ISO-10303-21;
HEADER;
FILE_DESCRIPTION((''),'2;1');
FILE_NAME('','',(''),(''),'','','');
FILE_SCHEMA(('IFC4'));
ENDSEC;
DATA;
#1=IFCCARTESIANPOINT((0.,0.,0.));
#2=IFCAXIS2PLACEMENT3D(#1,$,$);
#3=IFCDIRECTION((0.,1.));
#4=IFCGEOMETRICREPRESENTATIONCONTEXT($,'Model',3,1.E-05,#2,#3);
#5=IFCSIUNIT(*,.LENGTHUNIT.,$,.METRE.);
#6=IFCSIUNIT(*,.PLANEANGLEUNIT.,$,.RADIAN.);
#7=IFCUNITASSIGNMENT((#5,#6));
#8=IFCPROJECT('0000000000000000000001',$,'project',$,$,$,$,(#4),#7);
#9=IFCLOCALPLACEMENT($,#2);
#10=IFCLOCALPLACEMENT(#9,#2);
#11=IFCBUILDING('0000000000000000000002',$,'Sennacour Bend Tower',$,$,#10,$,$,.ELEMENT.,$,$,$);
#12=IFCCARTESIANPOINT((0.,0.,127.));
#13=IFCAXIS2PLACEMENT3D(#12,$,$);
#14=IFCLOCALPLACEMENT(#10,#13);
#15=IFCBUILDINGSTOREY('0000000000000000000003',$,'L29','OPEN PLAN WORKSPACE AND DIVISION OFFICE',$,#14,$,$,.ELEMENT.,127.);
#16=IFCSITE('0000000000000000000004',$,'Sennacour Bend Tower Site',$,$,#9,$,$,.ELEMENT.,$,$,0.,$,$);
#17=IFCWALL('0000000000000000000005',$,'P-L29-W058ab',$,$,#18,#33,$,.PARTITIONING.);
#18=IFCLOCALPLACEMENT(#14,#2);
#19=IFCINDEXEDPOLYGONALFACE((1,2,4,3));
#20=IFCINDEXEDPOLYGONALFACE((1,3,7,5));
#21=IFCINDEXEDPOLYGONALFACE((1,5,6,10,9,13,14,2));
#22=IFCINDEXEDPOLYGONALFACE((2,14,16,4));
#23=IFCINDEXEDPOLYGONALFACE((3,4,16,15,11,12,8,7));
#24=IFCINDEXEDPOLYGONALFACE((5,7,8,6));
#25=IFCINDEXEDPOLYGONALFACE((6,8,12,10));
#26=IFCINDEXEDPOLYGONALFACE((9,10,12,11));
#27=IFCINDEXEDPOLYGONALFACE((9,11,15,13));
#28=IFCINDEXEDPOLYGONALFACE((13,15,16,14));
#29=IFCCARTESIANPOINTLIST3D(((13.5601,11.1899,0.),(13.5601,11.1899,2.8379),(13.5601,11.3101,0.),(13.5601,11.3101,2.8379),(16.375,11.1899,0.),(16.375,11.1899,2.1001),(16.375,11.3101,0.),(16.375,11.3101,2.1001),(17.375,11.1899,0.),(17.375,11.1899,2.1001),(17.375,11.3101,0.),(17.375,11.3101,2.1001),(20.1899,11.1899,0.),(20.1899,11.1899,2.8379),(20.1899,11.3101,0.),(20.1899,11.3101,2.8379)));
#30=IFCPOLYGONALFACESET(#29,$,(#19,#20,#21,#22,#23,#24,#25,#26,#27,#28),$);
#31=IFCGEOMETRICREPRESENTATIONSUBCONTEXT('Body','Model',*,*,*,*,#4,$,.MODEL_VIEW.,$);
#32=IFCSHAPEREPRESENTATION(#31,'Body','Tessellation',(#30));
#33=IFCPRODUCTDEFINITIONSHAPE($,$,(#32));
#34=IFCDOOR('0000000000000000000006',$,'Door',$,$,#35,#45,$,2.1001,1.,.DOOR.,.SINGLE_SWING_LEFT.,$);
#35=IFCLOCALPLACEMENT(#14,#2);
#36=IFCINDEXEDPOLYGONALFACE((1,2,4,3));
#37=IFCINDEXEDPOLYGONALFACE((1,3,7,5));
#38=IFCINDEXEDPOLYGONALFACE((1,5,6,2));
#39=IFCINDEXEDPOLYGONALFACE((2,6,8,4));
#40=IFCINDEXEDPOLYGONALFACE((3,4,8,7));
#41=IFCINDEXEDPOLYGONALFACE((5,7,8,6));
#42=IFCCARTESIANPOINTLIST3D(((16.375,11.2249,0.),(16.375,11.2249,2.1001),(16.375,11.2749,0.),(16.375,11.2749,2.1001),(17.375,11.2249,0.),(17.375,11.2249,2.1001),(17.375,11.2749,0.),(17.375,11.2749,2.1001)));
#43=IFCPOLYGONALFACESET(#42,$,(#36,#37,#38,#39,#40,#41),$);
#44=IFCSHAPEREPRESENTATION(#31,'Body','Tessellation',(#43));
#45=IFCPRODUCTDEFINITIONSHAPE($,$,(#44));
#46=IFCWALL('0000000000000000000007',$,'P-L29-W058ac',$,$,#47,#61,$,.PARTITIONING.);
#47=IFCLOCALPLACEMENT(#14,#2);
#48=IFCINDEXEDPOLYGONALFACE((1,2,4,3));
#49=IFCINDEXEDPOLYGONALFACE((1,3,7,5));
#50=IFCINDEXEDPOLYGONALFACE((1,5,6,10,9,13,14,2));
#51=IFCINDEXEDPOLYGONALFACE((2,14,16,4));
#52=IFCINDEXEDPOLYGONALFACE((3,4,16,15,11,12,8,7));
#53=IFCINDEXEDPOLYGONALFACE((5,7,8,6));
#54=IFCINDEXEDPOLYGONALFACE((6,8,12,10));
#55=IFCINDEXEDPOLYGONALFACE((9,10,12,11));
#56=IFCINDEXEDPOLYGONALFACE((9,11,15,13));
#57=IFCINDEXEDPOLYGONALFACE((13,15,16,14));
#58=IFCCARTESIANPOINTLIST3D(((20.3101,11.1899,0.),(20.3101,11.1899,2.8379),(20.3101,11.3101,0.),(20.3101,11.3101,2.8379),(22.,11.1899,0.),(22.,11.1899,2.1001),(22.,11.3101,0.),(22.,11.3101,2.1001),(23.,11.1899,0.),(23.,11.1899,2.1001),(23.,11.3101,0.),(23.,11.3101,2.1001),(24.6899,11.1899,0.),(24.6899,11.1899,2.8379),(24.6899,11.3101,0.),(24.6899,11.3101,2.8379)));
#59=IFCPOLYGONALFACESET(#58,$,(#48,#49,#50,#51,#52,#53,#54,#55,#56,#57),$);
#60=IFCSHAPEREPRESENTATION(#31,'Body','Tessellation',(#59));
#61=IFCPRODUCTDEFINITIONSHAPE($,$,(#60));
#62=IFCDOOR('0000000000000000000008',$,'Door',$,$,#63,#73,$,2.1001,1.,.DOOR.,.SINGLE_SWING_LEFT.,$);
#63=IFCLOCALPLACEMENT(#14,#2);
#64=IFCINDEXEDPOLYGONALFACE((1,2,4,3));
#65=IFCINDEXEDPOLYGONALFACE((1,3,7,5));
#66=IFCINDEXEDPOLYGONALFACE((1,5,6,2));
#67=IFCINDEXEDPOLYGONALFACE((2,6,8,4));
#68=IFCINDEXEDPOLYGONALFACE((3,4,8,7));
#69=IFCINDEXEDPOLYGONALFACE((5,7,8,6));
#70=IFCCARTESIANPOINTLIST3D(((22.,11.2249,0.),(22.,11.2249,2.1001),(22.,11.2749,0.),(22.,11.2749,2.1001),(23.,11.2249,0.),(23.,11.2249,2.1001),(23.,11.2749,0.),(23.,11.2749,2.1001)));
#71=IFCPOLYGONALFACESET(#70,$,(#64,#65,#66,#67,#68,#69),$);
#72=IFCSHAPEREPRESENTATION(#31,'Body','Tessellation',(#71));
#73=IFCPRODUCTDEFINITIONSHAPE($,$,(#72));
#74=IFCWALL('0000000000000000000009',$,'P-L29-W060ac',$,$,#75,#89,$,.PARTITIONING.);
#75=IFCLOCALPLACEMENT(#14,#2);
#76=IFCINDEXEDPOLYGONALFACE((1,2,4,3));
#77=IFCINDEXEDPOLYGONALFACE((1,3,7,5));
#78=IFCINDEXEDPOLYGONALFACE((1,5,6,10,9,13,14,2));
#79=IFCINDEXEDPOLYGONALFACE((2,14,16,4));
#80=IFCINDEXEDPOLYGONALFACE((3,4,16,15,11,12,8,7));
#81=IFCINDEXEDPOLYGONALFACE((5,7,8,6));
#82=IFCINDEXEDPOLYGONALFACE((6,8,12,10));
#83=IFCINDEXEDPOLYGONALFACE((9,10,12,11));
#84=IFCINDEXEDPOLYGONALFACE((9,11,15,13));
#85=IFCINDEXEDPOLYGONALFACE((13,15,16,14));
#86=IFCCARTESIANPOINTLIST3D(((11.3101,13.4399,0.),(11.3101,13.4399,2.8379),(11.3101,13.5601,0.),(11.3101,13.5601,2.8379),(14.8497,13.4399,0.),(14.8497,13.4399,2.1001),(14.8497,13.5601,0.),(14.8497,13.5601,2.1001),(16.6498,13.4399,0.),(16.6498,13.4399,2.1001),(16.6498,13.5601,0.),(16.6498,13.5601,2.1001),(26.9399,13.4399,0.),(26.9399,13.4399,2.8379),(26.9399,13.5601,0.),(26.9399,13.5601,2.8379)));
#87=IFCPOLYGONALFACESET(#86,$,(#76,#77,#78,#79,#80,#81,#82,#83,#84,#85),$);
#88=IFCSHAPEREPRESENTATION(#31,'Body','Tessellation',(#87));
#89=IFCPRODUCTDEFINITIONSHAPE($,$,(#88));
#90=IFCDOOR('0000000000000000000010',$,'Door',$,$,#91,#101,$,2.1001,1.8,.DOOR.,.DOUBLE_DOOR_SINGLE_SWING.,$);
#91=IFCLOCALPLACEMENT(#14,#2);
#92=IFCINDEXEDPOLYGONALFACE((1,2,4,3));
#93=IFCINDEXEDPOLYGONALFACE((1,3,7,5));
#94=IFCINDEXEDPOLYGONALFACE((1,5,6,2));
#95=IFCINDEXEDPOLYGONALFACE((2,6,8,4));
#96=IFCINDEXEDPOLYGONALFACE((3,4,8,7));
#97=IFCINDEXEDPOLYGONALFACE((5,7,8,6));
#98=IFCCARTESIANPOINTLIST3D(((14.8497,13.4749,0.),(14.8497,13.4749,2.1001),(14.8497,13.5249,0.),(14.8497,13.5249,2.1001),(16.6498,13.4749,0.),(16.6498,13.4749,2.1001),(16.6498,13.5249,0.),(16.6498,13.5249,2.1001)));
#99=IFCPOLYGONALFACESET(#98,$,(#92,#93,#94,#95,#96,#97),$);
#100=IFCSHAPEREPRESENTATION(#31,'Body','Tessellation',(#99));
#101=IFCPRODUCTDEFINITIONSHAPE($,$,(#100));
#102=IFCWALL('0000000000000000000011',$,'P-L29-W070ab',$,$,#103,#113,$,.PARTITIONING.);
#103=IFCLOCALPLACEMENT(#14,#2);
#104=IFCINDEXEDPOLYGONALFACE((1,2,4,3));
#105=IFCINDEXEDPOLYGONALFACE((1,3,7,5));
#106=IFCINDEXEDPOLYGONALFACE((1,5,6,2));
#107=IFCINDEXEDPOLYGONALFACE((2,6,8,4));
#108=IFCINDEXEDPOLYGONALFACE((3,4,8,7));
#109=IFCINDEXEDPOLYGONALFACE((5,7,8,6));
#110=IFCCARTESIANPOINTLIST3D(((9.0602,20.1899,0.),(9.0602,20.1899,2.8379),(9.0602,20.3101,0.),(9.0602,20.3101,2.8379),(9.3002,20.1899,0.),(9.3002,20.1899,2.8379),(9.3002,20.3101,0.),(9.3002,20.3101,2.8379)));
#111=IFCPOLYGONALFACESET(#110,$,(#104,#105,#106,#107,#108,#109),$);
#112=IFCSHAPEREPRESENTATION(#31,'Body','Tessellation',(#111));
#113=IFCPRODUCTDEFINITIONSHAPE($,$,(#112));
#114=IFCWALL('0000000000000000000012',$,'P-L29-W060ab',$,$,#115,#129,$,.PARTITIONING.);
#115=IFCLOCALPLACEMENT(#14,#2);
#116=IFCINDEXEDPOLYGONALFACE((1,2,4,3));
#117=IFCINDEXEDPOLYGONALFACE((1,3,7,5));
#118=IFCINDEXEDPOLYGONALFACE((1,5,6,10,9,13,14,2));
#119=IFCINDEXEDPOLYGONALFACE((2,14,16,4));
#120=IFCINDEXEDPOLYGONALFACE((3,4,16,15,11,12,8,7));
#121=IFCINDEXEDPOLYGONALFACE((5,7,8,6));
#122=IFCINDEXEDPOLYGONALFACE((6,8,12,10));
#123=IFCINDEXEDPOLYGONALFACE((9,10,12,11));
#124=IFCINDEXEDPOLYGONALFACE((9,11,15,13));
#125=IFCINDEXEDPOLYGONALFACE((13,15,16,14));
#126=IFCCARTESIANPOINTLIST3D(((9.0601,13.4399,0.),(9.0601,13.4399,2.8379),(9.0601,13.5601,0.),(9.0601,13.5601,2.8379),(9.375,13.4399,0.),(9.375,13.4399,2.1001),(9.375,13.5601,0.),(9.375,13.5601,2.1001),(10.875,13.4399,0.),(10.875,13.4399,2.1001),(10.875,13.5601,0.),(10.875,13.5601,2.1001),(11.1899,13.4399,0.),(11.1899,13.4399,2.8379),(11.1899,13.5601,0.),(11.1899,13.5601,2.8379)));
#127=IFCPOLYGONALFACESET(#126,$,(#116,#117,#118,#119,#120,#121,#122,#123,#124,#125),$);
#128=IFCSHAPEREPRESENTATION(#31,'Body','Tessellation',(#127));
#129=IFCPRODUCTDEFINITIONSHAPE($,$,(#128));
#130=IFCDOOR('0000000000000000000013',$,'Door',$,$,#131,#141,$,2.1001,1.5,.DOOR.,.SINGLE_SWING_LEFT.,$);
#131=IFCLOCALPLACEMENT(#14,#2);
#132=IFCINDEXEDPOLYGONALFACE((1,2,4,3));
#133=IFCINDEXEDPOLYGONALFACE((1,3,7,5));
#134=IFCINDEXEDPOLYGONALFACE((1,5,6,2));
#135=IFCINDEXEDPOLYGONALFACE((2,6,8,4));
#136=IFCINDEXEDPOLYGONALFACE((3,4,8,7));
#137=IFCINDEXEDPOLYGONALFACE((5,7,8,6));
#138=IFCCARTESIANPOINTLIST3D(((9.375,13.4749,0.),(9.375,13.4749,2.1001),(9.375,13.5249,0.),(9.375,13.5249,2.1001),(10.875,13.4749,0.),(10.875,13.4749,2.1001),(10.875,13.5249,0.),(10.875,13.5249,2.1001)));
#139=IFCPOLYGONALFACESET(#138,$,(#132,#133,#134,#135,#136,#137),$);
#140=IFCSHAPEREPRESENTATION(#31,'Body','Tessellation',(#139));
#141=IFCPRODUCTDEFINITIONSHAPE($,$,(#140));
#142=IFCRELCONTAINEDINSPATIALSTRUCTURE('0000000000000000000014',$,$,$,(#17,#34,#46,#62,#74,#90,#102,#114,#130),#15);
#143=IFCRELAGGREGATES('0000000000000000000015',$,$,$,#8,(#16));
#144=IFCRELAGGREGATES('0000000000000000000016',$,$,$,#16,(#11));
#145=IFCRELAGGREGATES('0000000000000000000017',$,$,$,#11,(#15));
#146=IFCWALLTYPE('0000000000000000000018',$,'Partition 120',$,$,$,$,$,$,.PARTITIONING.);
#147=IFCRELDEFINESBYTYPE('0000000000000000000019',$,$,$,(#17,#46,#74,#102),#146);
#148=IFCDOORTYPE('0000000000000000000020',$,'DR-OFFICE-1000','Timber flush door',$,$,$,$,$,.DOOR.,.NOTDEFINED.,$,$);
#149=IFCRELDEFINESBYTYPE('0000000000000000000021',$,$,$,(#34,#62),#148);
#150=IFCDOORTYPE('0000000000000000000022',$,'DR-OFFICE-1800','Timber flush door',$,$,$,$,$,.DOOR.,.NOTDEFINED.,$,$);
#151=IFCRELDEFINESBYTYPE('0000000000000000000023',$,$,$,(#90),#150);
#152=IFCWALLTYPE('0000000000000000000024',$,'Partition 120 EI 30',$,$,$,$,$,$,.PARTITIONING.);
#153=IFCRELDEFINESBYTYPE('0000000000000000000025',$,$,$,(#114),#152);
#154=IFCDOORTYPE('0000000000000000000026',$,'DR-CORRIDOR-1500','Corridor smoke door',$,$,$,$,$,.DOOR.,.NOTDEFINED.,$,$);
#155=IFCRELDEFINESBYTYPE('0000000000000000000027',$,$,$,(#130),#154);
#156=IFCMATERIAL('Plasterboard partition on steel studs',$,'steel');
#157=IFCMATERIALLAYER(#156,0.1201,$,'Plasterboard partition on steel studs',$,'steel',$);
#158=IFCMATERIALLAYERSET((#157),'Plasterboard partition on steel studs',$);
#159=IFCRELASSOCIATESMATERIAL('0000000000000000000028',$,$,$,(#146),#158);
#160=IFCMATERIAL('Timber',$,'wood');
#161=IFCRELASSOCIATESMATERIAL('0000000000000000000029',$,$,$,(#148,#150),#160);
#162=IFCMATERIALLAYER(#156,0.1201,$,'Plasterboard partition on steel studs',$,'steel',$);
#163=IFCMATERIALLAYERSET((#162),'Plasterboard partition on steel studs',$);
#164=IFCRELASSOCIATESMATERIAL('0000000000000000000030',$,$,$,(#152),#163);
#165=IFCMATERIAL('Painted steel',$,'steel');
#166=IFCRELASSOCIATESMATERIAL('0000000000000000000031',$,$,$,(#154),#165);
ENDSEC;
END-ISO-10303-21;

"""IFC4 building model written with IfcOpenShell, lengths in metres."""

from ifc_helpers import new_model, si_unit, direction, frame, frame_2d, origin, place, context, subcontext, project, spatial, rectangle, extrude, material, layer, layer_set, type_object, element, fill, save


model = new_model("IFC4")

# Units and contexts
model_context = context("Model", 3, precision=1e-05, world=origin(), true_north=direction((0.0, 1.0)))
body_context = subcontext(model_context, "Body", "Model", "MODEL_VIEW")
ifc_project = project(units=[si_unit("LENGTHUNIT", "METRE"), si_unit("PLANEANGLEUNIT", "RADIAN")], contexts=[model_context])

# Site, building, storey
site_placement = place(None, origin())
site = spatial("IfcSite", under=ifc_project, at=site_placement, Name="Sennacour Bend Tower Site", CompositionType="ELEMENT", RefElevation=0.0)
building_placement = place(site_placement, origin())
building = spatial("IfcBuilding", under=site, at=building_placement, Name="Sennacour Bend Tower", CompositionType="ELEMENT")
storey_placement = place(building_placement, frame((0.0, 0.0, 127.0)))
storey = spatial("IfcBuildingStorey", under=building, at=storey_placement, Name="L29", Description="OPEN PLAN WORKSPACE AND DIVISION OFFICE", CompositionType="ELEMENT", Elevation=127.0)

# Shared definitions
ifc_material_1 = material(Name="Plasterboard partition on steel studs", Category="steel")
ifc_layer_1 = layer(ifc_material_1, 0.1201, Name="Plasterboard partition on steel studs", Category="steel")
ifc_layer_set_1 = layer_set([ifc_layer_1], Name="Plasterboard partition on steel studs")
wall_type_1 = type_object("IfcWallType", Name="Partition 120", PredefinedType="PARTITIONING", material=ifc_layer_set_1)
ifc_material_2 = material(Name="Timber", Category="wood")
door_type_1 = type_object("IfcDoorType", Name="DR-OFFICE-1000", Description="Timber flush door", OperationType="NOTDEFINED", PredefinedType="DOOR", material=ifc_material_2)

# Walls, openings, doors
wall_1_placement = place(storey_placement, frame((13.5601, 11.25, 0.0), z_axis=(0.0, 0.0, 1.0), x_axis=(1.0, 0.0, 0.0)))
wall_1 = element("IfcWall", 1, at=wall_1_placement, inside=storey, type_object=wall_type_1, Name="P-L29-W058ab", PredefinedType="PARTITIONING", context=body_context, shape_type="SweptSolid", body=[
    extrude(rectangle(XDim=6.6299, YDim=0.1201, at=frame_2d((3.3149, 0.0))), origin(), (0.0, 0.0, 1.0), 2.8379),
])
opening_1_placement = place(wall_1_placement, frame((2.8149, 0.0, 0.0)))
opening_1 = element("IfcOpeningElement", 2, at=opening_1_placement, cuts=wall_1, PredefinedType="OPENING", context=body_context, shape_type="SweptSolid", body=[
    extrude(rectangle(XDim=1.0, YDim=2.1001, at=frame_2d((0.5, 1.05))), frame((0.0, 0.0701, 0.0), z_axis=(0.0, -1.0, 0.0), x_axis=(1.0, 0.0, 0.0)), (0.0, 0.0, 1.0), 0.1401),
])
door_1_placement = place(opening_1_placement, origin())
door_1 = element("IfcDoor", 3, at=door_1_placement, inside=storey, type_object=door_type_1, Name="Door", OperationType="SINGLE_SWING_LEFT", OverallHeight=2.1001, OverallWidth=1.0, PredefinedType="DOOR", context=body_context, shape_type="SweptSolid", body=[
    extrude(rectangle(XDim=1.0, YDim=2.1001, at=frame_2d((0.5, 1.05))), frame((0.0, 0.0249, 0.0), z_axis=(0.0, -1.0, 0.0), x_axis=(1.0, 0.0, 0.0)), (0.0, 0.0, 1.0), 0.05),
])
fill(opening_1, door_1)
wall_2_placement = place(storey_placement, frame((20.3101, 11.25, 0.0), z_axis=(0.0, 0.0, 1.0), x_axis=(1.0, 0.0, 0.0)))
wall_2 = element("IfcWall", 4, at=wall_2_placement, inside=storey, type_object=wall_type_1, Name="P-L29-W058ac", PredefinedType="PARTITIONING", context=body_context, shape_type="SweptSolid", body=[
    extrude(rectangle(XDim=4.3799, YDim=0.1201, at=frame_2d((2.1899, 0.0))), origin(), (0.0, 0.0, 1.0), 2.8379),
])
opening_2_placement = place(wall_2_placement, frame((1.6899, 0.0, 0.0)))
opening_2 = element("IfcOpeningElement", 5, at=opening_2_placement, cuts=wall_2, PredefinedType="OPENING", context=body_context, shape_type="SweptSolid", body=[
    extrude(rectangle(XDim=1.0, YDim=2.1001, at=frame_2d((0.5, 1.05))), frame((0.0, 0.0701, 0.0), z_axis=(0.0, -1.0, 0.0), x_axis=(1.0, 0.0, 0.0)), (0.0, 0.0, 1.0), 0.1401),
])
door_2_placement = place(opening_2_placement, origin())
door_2 = element("IfcDoor", 6, at=door_2_placement, inside=storey, type_object=door_type_1, Name="Door", OperationType="SINGLE_SWING_LEFT", OverallHeight=2.1001, OverallWidth=1.0, PredefinedType="DOOR", context=body_context, shape_type="SweptSolid", body=[
    extrude(rectangle(XDim=1.0, YDim=2.1001, at=frame_2d((0.5, 1.05))), frame((0.0, 0.0249, 0.0), z_axis=(0.0, -1.0, 0.0), x_axis=(1.0, 0.0, 0.0)), (0.0, 0.0, 1.0), 0.05),
])
fill(opening_2, door_2)
wall_3_placement = place(storey_placement, frame((11.3101, 13.5, 0.0), z_axis=(0.0, 0.0, 1.0), x_axis=(1.0, 0.0, 0.0)))
wall_3 = element("IfcWall", 7, at=wall_3_placement, inside=storey, type_object=wall_type_1, Name="P-L29-W060ac", PredefinedType="PARTITIONING", context=body_context, shape_type="SweptSolid", body=[
    extrude(rectangle(XDim=15.6299, YDim=0.1201, at=frame_2d((7.8149, 0.0))), origin(), (0.0, 0.0, 1.0), 2.8379),
])
opening_3_placement = place(wall_3_placement, frame((3.5398, 0.0, 0.0)))
opening_3 = element("IfcOpeningElement", 8, at=opening_3_placement, cuts=wall_3, PredefinedType="OPENING", context=body_context, shape_type="SweptSolid", body=[
    extrude(rectangle(XDim=1.8, YDim=2.1001, at=frame_2d((0.8999, 1.05))), frame((0.0, 0.0701, 0.0), z_axis=(0.0, -1.0, 0.0), x_axis=(1.0, 0.0, 0.0)), (0.0, 0.0, 1.0), 0.1401),
])
door_type_2 = type_object("IfcDoorType", Name="DR-OFFICE-1800", Description="Timber flush door", OperationType="NOTDEFINED", PredefinedType="DOOR", material=ifc_material_2)
door_3_placement = place(opening_3_placement, origin())
door_3 = element("IfcDoor", 9, at=door_3_placement, inside=storey, type_object=door_type_2, Name="Door", OperationType="DOUBLE_DOOR_SINGLE_SWING", OverallHeight=2.1001, OverallWidth=1.8, PredefinedType="DOOR", context=body_context, shape_type="SweptSolid", body=[
    extrude(rectangle(XDim=1.8, YDim=2.1001, at=frame_2d((0.8999, 1.05))), frame((0.0, 0.0249, 0.0), z_axis=(0.0, -1.0, 0.0), x_axis=(1.0, 0.0, 0.0)), (0.0, 0.0, 1.0), 0.05),
])
fill(opening_3, door_3)

# Wall
wall_4_placement = place(storey_placement, frame((9.0601, 20.25, 0.0), z_axis=(0.0, 0.0, 1.0), x_axis=(1.0, 0.0, 0.0)))
element("IfcWall", 10, at=wall_4_placement, inside=storey, type_object=wall_type_1, Name="P-L29-W070ab", PredefinedType="PARTITIONING", context=body_context, shape_type="SweptSolid", body=[
    extrude(rectangle(XDim=0.24, YDim=0.1201, at=frame_2d((0.1201, 0.0))), origin(), (0.0, 0.0, 1.0), 2.8379),
])

# Wall, opening, door
ifc_layer_2 = layer(ifc_material_1, 0.1201, Name="Plasterboard partition on steel studs", Category="steel")
ifc_layer_set_2 = layer_set([ifc_layer_2], Name="Plasterboard partition on steel studs")
wall_type_2 = type_object("IfcWallType", Name="Partition 120 EI 30", PredefinedType="PARTITIONING", material=ifc_layer_set_2)
wall_5_placement = place(storey_placement, frame((9.0601, 13.5, 0.0), z_axis=(0.0, 0.0, 1.0), x_axis=(1.0, 0.0, 0.0)))
wall_5 = element("IfcWall", 11, at=wall_5_placement, inside=storey, type_object=wall_type_2, Name="P-L29-W060ab", PredefinedType="PARTITIONING", context=body_context, shape_type="SweptSolid", body=[
    extrude(rectangle(XDim=2.1299, YDim=0.1201, at=frame_2d((1.0649, 0.0))), origin(), (0.0, 0.0, 1.0), 2.8379),
])
opening_4_placement = place(wall_5_placement, frame((0.3149, 0.0, 0.0)))
opening_4 = element("IfcOpeningElement", 12, at=opening_4_placement, cuts=wall_5, PredefinedType="OPENING", context=body_context, shape_type="SweptSolid", body=[
    extrude(rectangle(XDim=1.5, YDim=2.1001, at=frame_2d((0.75, 1.05))), frame((0.0, 0.0701, 0.0), z_axis=(0.0, -1.0, 0.0), x_axis=(1.0, 0.0, 0.0)), (0.0, 0.0, 1.0), 0.1401),
])
ifc_material_3 = material(Name="Painted steel", Category="steel")
door_type_3 = type_object("IfcDoorType", Name="DR-CORRIDOR-1500", Description="Corridor smoke door", OperationType="NOTDEFINED", PredefinedType="DOOR", material=ifc_material_3)
door_4_placement = place(opening_4_placement, origin())
door_4 = element("IfcDoor", 13, at=door_4_placement, inside=storey, type_object=door_type_3, Name="Door", OperationType="SINGLE_SWING_LEFT", OverallHeight=2.1001, OverallWidth=1.5, PredefinedType="DOOR", context=body_context, shape_type="SweptSolid", body=[
    extrude(rectangle(XDim=1.5, YDim=2.1001, at=frame_2d((0.75, 1.05))), frame((0.0, 0.0249, 0.0), z_axis=(0.0, -1.0, 0.0), x_axis=(1.0, 0.0, 0.0)), (0.0, 0.0, 1.0), 0.05),
])
fill(opening_4, door_4)

save(model, "model.ifc")
